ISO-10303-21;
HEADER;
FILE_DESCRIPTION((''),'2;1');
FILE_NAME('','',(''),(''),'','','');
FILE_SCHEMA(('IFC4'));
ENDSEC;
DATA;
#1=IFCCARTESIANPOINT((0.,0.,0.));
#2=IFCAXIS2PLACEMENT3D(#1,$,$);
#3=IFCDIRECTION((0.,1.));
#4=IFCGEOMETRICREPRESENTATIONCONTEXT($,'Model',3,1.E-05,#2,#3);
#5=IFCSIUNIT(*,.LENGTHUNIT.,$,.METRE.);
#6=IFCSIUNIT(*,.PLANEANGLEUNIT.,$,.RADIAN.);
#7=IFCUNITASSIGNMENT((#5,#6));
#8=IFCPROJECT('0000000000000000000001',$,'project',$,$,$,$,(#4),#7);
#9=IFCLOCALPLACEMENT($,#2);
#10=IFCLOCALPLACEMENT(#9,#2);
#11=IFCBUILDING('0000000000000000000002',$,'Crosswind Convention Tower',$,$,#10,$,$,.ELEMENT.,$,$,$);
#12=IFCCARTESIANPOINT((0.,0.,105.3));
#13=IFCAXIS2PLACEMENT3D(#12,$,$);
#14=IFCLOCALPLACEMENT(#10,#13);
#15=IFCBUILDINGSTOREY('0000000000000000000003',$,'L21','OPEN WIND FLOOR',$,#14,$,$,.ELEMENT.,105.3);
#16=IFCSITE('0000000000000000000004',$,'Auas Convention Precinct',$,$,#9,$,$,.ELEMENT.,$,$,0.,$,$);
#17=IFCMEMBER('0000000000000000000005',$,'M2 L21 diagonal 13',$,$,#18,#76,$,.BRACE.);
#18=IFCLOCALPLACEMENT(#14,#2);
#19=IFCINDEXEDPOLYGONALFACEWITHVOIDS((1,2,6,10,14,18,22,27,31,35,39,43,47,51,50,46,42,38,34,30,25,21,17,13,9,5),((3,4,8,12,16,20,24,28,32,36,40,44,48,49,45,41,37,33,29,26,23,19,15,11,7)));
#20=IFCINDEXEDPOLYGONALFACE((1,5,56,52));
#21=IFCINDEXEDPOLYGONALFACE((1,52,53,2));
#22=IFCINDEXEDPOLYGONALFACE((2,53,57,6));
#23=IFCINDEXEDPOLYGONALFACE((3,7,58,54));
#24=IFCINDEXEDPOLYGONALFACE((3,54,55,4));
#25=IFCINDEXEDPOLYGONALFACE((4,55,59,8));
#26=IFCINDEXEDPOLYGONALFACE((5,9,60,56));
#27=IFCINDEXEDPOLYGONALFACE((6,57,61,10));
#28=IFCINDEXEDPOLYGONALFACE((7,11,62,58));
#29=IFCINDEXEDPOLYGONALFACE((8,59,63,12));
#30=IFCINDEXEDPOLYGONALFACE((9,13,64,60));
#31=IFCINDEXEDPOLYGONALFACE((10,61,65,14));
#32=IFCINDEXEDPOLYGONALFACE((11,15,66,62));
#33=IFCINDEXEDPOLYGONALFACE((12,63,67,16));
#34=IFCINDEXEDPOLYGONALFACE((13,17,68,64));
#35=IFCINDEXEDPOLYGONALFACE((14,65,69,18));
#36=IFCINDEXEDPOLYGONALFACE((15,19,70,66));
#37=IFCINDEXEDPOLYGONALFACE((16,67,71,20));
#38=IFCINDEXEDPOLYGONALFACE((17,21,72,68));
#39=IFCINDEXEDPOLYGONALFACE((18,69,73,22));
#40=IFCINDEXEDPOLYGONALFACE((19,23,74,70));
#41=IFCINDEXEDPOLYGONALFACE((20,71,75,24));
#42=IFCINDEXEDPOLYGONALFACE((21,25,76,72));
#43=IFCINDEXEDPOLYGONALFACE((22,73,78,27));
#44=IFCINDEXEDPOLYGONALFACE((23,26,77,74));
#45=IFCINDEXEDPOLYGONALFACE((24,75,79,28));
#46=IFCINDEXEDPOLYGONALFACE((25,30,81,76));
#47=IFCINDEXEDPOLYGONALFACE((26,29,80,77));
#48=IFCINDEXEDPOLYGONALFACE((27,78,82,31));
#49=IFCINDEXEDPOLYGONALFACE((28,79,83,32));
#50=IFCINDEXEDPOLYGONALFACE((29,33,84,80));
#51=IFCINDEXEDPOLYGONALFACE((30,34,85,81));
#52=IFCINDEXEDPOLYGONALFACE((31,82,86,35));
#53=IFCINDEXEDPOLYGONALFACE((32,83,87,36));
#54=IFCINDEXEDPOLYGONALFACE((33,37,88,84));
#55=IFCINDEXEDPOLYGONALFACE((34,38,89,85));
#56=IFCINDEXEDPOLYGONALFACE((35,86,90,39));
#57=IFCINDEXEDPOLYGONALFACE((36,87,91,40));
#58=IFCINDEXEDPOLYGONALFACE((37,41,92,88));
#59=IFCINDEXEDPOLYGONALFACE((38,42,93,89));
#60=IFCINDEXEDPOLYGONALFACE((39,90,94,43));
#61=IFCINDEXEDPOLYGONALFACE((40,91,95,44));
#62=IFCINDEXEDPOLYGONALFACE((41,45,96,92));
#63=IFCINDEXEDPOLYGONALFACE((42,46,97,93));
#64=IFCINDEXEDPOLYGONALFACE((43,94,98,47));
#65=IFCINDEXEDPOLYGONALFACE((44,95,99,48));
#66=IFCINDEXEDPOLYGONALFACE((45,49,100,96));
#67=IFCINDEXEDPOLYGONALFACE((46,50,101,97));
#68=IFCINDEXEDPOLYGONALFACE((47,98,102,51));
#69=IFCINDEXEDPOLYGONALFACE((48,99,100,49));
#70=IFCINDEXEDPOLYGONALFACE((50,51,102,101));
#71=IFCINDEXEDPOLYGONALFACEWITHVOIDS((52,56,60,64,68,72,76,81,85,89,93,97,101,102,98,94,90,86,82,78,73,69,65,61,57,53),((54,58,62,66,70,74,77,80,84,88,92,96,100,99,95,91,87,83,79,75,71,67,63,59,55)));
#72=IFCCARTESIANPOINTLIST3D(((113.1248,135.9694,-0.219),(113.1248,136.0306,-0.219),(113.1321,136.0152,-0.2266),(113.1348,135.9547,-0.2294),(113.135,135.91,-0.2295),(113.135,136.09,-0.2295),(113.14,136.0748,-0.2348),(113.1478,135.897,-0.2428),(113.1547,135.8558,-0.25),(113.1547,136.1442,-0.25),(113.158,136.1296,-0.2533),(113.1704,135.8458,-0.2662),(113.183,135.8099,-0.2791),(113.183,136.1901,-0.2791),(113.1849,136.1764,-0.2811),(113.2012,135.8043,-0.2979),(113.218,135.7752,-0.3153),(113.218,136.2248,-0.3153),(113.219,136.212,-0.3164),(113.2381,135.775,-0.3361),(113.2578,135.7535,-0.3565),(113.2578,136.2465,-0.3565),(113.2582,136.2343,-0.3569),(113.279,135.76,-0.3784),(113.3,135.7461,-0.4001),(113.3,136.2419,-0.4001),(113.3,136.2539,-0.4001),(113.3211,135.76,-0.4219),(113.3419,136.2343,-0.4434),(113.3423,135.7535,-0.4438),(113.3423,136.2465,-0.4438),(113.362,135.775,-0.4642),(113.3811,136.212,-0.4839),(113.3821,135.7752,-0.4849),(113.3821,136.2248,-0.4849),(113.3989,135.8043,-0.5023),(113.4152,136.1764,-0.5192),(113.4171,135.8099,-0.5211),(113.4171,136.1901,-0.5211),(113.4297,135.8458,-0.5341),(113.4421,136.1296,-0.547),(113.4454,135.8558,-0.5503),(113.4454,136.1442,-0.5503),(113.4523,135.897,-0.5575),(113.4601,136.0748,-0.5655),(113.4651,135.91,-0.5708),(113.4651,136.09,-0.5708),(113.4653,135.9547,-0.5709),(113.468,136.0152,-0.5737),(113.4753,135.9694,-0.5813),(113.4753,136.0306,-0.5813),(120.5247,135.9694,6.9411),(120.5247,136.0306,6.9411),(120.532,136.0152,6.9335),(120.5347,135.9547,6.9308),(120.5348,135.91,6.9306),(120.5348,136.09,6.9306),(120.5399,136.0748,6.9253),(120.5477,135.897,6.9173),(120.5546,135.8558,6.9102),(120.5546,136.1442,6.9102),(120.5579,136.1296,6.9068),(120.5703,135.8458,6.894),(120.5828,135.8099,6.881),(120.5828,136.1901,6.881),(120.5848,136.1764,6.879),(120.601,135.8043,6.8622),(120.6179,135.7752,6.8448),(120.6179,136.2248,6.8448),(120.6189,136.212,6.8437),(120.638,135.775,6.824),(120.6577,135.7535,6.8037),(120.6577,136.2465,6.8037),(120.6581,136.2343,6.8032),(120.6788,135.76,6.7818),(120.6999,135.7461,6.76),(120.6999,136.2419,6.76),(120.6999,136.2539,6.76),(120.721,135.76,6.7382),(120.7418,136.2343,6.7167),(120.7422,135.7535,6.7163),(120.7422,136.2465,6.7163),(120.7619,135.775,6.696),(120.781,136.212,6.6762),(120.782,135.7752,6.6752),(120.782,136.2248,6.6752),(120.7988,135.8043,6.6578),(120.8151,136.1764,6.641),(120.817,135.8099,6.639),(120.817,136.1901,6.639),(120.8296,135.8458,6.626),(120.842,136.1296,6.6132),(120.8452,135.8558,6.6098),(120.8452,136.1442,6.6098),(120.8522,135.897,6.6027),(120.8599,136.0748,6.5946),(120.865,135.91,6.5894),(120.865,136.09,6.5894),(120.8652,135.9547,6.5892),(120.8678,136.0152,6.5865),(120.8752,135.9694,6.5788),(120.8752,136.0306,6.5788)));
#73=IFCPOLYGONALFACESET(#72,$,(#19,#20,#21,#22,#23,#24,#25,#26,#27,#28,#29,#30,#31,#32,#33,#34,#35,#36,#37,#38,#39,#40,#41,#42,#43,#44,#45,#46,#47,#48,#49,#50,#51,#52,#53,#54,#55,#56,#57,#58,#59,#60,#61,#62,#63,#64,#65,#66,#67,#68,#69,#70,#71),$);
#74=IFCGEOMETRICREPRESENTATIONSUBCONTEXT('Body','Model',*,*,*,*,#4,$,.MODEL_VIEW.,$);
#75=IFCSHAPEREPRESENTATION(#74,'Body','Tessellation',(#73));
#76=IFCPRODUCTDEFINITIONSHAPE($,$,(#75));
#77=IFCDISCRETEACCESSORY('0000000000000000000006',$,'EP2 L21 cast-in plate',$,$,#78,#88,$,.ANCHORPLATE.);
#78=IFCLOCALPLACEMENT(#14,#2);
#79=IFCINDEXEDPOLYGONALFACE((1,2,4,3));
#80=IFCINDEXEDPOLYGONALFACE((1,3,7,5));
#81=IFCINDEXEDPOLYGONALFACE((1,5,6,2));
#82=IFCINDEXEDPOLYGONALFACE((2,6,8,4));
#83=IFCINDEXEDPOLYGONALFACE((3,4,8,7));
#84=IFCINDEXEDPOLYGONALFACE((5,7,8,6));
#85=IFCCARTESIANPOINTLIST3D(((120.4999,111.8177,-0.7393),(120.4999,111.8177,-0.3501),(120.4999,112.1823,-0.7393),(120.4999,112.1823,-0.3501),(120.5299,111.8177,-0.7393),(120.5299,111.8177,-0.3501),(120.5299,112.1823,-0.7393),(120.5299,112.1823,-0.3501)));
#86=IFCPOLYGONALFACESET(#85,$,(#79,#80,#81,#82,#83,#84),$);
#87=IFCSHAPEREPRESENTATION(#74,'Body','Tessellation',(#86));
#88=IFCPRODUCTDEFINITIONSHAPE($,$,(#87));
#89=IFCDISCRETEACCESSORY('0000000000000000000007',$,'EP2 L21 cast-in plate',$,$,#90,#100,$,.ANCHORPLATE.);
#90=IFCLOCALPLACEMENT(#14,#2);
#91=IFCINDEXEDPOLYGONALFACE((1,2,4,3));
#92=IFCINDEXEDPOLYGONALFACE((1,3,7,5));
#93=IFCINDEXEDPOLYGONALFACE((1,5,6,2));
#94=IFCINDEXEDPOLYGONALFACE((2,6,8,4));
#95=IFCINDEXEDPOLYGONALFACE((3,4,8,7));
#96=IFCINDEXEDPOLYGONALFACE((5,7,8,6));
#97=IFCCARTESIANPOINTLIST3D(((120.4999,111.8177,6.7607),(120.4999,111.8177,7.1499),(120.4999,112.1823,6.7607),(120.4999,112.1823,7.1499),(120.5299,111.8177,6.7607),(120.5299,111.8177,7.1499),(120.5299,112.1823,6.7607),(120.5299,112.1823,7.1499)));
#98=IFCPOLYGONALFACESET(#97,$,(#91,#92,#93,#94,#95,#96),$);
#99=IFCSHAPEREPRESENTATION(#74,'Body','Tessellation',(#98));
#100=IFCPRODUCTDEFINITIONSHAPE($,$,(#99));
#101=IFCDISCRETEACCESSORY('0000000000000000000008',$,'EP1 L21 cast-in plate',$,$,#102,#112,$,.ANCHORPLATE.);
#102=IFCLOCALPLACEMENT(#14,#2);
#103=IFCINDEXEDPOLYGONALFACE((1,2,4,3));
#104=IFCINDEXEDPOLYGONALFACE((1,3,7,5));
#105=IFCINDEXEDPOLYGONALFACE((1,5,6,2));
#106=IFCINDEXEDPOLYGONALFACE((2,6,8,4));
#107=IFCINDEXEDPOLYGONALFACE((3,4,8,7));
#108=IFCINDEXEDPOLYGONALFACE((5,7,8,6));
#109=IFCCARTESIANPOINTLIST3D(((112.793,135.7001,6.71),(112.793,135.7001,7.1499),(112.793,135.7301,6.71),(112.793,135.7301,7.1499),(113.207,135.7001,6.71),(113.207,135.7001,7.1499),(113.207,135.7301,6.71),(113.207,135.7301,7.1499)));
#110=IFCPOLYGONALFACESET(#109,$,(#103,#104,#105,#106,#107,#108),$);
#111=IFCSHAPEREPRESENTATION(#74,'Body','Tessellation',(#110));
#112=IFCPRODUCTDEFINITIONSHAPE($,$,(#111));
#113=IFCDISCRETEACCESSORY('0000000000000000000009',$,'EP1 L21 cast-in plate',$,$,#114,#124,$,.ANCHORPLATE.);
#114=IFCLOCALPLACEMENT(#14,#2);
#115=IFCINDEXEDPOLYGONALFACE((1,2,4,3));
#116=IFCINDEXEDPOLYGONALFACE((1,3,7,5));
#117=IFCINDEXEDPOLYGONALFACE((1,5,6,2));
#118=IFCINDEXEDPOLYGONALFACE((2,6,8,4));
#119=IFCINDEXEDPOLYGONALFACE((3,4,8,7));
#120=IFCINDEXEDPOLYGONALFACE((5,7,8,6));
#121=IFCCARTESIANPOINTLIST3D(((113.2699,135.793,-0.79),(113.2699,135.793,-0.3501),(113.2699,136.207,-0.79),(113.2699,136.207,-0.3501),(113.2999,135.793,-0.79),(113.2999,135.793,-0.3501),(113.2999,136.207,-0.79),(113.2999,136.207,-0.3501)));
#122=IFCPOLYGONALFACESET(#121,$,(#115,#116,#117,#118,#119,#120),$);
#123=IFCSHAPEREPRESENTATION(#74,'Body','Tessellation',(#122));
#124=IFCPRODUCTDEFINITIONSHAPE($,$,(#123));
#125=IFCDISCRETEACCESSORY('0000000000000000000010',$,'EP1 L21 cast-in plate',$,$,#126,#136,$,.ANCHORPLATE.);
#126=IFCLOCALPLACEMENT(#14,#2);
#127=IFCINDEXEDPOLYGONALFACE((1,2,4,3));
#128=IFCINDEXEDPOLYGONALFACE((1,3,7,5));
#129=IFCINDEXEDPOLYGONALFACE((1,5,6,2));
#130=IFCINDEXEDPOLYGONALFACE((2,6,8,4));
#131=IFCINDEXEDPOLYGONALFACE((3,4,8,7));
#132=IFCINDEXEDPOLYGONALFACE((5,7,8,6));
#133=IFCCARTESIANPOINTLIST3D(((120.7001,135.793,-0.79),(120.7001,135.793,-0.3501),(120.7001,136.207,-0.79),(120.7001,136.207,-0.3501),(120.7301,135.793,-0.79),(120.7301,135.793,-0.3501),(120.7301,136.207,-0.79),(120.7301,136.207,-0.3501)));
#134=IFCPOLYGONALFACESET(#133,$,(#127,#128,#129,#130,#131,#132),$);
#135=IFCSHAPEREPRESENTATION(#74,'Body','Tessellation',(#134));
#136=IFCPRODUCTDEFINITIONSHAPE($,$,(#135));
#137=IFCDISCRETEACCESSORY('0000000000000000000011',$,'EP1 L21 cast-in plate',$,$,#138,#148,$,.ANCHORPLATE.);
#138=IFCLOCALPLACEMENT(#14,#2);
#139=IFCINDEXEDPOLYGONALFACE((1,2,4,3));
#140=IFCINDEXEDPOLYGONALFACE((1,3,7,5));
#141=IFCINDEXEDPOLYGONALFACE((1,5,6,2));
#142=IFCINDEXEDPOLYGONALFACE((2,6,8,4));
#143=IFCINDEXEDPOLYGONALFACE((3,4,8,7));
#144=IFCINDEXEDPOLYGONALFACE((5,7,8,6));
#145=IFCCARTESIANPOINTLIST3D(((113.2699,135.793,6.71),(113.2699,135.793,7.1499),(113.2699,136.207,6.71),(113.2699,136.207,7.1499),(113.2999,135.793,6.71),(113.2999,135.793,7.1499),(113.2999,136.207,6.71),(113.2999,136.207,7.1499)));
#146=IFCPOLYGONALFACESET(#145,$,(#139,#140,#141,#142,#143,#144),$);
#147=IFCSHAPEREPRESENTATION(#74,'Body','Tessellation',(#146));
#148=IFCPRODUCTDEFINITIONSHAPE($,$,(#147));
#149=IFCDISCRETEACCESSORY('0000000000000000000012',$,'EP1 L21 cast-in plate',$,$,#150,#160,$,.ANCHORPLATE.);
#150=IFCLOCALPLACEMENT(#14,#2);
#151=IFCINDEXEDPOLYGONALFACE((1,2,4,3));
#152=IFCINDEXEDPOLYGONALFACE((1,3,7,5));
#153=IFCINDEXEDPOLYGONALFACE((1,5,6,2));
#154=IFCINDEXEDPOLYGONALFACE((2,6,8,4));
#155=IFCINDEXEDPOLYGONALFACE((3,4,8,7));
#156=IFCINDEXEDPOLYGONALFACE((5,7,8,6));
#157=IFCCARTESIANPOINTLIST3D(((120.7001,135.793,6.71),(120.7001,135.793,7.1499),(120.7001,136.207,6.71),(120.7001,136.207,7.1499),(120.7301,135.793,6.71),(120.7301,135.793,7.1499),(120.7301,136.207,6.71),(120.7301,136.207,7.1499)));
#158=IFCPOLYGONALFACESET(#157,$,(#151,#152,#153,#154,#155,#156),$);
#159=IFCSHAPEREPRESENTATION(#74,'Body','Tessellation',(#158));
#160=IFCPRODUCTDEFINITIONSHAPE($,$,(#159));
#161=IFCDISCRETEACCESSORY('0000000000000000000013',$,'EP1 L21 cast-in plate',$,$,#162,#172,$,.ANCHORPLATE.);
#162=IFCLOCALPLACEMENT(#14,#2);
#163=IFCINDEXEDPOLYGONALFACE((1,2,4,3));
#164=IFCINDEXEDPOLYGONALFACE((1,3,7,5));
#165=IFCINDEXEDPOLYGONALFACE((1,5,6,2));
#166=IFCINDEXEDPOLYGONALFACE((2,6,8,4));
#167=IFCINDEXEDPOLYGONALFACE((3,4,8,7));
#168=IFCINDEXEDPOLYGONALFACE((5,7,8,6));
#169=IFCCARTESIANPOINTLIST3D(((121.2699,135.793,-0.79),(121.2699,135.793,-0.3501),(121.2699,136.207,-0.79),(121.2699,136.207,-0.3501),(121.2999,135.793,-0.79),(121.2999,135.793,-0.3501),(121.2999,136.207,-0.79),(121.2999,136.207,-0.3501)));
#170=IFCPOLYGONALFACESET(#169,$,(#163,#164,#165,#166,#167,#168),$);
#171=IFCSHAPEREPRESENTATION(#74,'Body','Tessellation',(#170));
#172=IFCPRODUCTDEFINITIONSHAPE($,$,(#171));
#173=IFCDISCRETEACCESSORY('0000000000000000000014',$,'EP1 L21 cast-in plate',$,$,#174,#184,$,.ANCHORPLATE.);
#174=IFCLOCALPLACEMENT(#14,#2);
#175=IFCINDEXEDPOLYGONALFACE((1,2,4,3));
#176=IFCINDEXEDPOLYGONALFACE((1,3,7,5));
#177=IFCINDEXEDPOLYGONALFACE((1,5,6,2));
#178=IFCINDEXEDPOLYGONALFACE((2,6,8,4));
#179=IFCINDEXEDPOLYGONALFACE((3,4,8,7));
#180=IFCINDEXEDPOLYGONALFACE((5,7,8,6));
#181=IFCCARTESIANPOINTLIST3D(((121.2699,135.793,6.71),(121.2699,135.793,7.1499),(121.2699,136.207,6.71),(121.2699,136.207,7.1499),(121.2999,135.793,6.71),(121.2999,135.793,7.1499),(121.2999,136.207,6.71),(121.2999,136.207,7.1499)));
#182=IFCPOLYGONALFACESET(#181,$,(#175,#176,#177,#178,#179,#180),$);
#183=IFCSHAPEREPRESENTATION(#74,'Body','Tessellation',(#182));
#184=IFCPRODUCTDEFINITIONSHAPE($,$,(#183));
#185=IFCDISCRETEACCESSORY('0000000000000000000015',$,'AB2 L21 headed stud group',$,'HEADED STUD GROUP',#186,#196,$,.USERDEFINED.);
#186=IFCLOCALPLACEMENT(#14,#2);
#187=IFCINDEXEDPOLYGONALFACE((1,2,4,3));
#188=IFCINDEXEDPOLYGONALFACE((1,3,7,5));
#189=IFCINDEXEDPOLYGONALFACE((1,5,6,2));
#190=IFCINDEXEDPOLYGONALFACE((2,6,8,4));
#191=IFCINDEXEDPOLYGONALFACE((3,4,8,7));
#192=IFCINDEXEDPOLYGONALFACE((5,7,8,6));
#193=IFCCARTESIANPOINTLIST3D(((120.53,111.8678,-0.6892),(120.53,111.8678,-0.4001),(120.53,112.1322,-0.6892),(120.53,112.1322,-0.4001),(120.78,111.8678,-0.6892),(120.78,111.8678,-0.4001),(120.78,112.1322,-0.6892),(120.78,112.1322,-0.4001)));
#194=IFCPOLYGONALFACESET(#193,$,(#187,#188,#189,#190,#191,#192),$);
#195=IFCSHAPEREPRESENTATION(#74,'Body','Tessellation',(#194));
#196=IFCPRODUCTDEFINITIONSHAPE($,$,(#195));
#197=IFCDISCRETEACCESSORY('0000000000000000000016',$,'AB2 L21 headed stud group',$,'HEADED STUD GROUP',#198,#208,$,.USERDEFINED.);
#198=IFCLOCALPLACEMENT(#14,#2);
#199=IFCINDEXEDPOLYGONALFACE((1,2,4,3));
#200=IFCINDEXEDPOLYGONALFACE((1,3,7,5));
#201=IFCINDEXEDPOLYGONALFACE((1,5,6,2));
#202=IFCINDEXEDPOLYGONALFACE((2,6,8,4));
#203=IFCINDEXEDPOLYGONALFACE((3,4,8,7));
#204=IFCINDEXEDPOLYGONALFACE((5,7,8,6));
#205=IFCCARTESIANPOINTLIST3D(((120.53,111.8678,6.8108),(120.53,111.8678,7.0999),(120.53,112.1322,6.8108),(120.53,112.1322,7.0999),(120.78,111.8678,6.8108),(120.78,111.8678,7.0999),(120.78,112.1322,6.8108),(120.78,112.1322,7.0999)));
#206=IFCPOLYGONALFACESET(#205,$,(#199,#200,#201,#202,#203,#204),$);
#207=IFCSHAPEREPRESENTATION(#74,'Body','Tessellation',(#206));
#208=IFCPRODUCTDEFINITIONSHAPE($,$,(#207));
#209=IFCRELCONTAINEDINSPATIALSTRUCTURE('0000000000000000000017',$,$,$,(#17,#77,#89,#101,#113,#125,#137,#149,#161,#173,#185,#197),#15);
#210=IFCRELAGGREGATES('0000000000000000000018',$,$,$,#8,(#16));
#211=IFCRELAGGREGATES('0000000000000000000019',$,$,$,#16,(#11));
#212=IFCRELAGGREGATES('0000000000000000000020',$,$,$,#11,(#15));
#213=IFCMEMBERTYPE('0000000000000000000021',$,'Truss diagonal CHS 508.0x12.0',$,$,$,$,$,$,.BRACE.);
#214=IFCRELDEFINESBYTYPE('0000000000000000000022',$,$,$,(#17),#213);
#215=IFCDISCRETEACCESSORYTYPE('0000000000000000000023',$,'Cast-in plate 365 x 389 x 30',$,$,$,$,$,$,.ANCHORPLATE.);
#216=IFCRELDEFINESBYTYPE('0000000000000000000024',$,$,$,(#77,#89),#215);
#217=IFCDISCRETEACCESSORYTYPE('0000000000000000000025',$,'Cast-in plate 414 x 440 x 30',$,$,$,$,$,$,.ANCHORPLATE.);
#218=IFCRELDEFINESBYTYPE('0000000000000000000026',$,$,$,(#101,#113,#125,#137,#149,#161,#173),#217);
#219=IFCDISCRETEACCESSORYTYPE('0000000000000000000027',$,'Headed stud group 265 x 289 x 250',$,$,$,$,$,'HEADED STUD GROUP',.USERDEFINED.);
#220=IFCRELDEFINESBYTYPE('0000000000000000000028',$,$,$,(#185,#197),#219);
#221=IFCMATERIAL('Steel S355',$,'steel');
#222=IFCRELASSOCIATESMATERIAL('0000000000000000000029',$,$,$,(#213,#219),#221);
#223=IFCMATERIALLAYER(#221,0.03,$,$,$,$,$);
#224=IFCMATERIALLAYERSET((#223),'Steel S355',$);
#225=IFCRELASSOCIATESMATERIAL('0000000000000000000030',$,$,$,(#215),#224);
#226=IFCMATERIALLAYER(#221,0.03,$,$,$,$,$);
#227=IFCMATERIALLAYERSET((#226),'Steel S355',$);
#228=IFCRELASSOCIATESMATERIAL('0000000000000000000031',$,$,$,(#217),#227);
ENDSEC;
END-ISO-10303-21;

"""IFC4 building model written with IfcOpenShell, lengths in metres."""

from ifc_helpers import new_model, si_unit, direction, frame, origin, origin_2d, place, context, subcontext, project, spatial, rectangle, hollow_circle, extrude, material, layer, layer_set, material_profile, profile_set, type_object, element, save


model = new_model("IFC4")

# Units and contexts
model_context = context("Model", 3, precision=1e-05, world=origin(), true_north=direction((0.0, 1.0)))
body_context = subcontext(model_context, "Body", "Model", "MODEL_VIEW")
ifc_project = project(units=[si_unit("LENGTHUNIT", "METRE"), si_unit("PLANEANGLEUNIT", "RADIAN")], contexts=[model_context])

# Site, building, storey
site_placement = place(None, origin())
site = spatial("IfcSite", under=ifc_project, at=site_placement, Name="Auas Convention Precinct", CompositionType="ELEMENT", RefElevation=0.0)
building_placement = place(site_placement, origin())
building = spatial("IfcBuilding", under=site, at=building_placement, Name="Crosswind Convention Tower", CompositionType="ELEMENT")
storey_placement = place(building_placement, frame((0.0, 0.0, 105.3)))
storey = spatial("IfcBuildingStorey", under=building, at=storey_placement, Name="L21", Description="OPEN WIND FLOOR", CompositionType="ELEMENT", Elevation=105.3)

# Shared definitions
ifc_material_1 = material(Name="Steel S355", Category="steel")

# Member
ifc_material_profile_1 = material_profile(ifc_material_1, hollow_circle(Radius=0.2539, WallThickness=0.012, at=origin_2d()), Name="CHS 508.0x12.0")
ifc_profile_set_1 = profile_set([ifc_material_profile_1], Name="Steel S355")
member_type_1 = type_object("IfcMemberType", Name="Truss diagonal CHS 508.0x12.0", PredefinedType="BRACE", material=ifc_profile_set_1)
member_placement = place(storey_placement, frame((113.3, 136.0, -0.4001), z_axis=(0.718653, 0.0, 0.695369), x_axis=(0.0, 1.0, 0.0)))
element("IfcMember", 1, at=member_placement, inside=storey, type_object=member_type_1, Name="M2 L21 diagonal 13", PredefinedType="BRACE", context=body_context, shape_type="SweptSolid", body=[
    extrude(hollow_circle(Radius=0.2539, WallThickness=0.012, at=origin_2d()), origin(), (0.0, 0.0, 1.0), 10.2969),
])

# Discrete accessories
ifc_layer_1 = layer(ifc_material_1, 0.03)
ifc_layer_set_1 = layer_set([ifc_layer_1], Name="Steel S355")
discrete_accessory_type_1 = type_object("IfcDiscreteAccessoryType", Name="Cast-in plate 365 x 389 x 30", PredefinedType="ANCHORPLATE", material=ifc_layer_set_1)
for number, where, z_axis, x_axis, name in (
    (2, (120.5149, 112.0, -0.7393), (0.0, 0.0, 1.0), (1.0, 0.0, 0.0), "EP2 L21 cast-in plate"),
    (3, (120.5149, 112.0, 6.7607), (0.0, 0.0, 1.0), (1.0, 0.0, 0.0), "EP2 L21 cast-in plate"),
):
    element("IfcDiscreteAccessory", number, at=place(storey_placement, frame(where, z_axis=z_axis, x_axis=x_axis)), inside=storey, type_object=discrete_accessory_type_1, Name=name, PredefinedType="ANCHORPLATE", context=body_context, shape_type="SweptSolid", body=[
        extrude(rectangle(XDim=0.03, YDim=0.3645, at=origin_2d()), origin(), (0.0, 0.0, 1.0), 0.3892),
    ])
ifc_layer_2 = layer(ifc_material_1, 0.03)
ifc_layer_set_2 = layer_set([ifc_layer_2], Name="Steel S355")
discrete_accessory_type_2 = type_object("IfcDiscreteAccessoryType", Name="Cast-in plate 414 x 440 x 30", PredefinedType="ANCHORPLATE", material=ifc_layer_set_2)
discrete_accessory_placement = place(storey_placement, frame((113.0, 135.7151, 6.71), z_axis=(0.0, 0.0, 1.0), x_axis=(1.0, 0.0, 0.0)))
element("IfcDiscreteAccessory", 4, at=discrete_accessory_placement, inside=storey, type_object=discrete_accessory_type_2, Name="EP1 L21 cast-in plate", PredefinedType="ANCHORPLATE", context=body_context, shape_type="SweptSolid", body=[
    extrude(rectangle(XDim=0.4141, YDim=0.03, at=origin_2d()), origin(), (0.0, 0.0, 1.0), 0.4399),
])
for number, where, z_axis, x_axis, name in (
    (5, (113.2849, 136.0, -0.79), (0.0, 0.0, 1.0), (1.0, 0.0, 0.0), "EP1 L21 cast-in plate"),
    (6, (120.7151, 136.0, -0.79), (0.0, 0.0, 1.0), (1.0, 0.0, 0.0), "EP1 L21 cast-in plate"),
    (7, (113.2849, 136.0, 6.71), (0.0, 0.0, 1.0), (1.0, 0.0, 0.0), "EP1 L21 cast-in plate"),
    (8, (120.7151, 136.0, 6.71), (0.0, 0.0, 1.0), (1.0, 0.0, 0.0), "EP1 L21 cast-in plate"),
    (9, (121.2849, 136.0, -0.79), (0.0, 0.0, 1.0), (1.0, 0.0, 0.0), "EP1 L21 cast-in plate"),
    (10, (121.2849, 136.0, 6.71), (0.0, 0.0, 1.0), (1.0, 0.0, 0.0), "EP1 L21 cast-in plate"),
):
    element("IfcDiscreteAccessory", number, at=place(storey_placement, frame(where, z_axis=z_axis, x_axis=x_axis)), inside=storey, type_object=discrete_accessory_type_2, Name=name, PredefinedType="ANCHORPLATE", context=body_context, shape_type="SweptSolid", body=[
        extrude(rectangle(XDim=0.03, YDim=0.4141, at=origin_2d()), origin(), (0.0, 0.0, 1.0), 0.4399),
    ])
discrete_accessory_type_3 = type_object("IfcDiscreteAccessoryType", Name="Headed stud group 265 x 289 x 250", ElementType="HEADED STUD GROUP", PredefinedType="USERDEFINED", material=ifc_material_1)
for number, where, z_axis, x_axis, name in (
    (11, (120.655, 112.0, -0.6892), (0.0, 0.0, 1.0), (1.0, 0.0, 0.0), "AB2 L21 headed stud group"),
    (12, (120.655, 112.0, 6.8108), (0.0, 0.0, 1.0), (1.0, 0.0, 0.0), "AB2 L21 headed stud group"),
):
    element("IfcDiscreteAccessory", number, at=place(storey_placement, frame(where, z_axis=z_axis, x_axis=x_axis)), inside=storey, type_object=discrete_accessory_type_3, Name=name, ObjectType="HEADED STUD GROUP", PredefinedType="USERDEFINED", context=body_context, shape_type="SweptSolid", body=[
        extrude(rectangle(XDim=0.25, YDim=0.2644, at=origin_2d()), origin(), (0.0, 0.0, 1.0), 0.2891),
    ])

save(model, "model.ifc")
